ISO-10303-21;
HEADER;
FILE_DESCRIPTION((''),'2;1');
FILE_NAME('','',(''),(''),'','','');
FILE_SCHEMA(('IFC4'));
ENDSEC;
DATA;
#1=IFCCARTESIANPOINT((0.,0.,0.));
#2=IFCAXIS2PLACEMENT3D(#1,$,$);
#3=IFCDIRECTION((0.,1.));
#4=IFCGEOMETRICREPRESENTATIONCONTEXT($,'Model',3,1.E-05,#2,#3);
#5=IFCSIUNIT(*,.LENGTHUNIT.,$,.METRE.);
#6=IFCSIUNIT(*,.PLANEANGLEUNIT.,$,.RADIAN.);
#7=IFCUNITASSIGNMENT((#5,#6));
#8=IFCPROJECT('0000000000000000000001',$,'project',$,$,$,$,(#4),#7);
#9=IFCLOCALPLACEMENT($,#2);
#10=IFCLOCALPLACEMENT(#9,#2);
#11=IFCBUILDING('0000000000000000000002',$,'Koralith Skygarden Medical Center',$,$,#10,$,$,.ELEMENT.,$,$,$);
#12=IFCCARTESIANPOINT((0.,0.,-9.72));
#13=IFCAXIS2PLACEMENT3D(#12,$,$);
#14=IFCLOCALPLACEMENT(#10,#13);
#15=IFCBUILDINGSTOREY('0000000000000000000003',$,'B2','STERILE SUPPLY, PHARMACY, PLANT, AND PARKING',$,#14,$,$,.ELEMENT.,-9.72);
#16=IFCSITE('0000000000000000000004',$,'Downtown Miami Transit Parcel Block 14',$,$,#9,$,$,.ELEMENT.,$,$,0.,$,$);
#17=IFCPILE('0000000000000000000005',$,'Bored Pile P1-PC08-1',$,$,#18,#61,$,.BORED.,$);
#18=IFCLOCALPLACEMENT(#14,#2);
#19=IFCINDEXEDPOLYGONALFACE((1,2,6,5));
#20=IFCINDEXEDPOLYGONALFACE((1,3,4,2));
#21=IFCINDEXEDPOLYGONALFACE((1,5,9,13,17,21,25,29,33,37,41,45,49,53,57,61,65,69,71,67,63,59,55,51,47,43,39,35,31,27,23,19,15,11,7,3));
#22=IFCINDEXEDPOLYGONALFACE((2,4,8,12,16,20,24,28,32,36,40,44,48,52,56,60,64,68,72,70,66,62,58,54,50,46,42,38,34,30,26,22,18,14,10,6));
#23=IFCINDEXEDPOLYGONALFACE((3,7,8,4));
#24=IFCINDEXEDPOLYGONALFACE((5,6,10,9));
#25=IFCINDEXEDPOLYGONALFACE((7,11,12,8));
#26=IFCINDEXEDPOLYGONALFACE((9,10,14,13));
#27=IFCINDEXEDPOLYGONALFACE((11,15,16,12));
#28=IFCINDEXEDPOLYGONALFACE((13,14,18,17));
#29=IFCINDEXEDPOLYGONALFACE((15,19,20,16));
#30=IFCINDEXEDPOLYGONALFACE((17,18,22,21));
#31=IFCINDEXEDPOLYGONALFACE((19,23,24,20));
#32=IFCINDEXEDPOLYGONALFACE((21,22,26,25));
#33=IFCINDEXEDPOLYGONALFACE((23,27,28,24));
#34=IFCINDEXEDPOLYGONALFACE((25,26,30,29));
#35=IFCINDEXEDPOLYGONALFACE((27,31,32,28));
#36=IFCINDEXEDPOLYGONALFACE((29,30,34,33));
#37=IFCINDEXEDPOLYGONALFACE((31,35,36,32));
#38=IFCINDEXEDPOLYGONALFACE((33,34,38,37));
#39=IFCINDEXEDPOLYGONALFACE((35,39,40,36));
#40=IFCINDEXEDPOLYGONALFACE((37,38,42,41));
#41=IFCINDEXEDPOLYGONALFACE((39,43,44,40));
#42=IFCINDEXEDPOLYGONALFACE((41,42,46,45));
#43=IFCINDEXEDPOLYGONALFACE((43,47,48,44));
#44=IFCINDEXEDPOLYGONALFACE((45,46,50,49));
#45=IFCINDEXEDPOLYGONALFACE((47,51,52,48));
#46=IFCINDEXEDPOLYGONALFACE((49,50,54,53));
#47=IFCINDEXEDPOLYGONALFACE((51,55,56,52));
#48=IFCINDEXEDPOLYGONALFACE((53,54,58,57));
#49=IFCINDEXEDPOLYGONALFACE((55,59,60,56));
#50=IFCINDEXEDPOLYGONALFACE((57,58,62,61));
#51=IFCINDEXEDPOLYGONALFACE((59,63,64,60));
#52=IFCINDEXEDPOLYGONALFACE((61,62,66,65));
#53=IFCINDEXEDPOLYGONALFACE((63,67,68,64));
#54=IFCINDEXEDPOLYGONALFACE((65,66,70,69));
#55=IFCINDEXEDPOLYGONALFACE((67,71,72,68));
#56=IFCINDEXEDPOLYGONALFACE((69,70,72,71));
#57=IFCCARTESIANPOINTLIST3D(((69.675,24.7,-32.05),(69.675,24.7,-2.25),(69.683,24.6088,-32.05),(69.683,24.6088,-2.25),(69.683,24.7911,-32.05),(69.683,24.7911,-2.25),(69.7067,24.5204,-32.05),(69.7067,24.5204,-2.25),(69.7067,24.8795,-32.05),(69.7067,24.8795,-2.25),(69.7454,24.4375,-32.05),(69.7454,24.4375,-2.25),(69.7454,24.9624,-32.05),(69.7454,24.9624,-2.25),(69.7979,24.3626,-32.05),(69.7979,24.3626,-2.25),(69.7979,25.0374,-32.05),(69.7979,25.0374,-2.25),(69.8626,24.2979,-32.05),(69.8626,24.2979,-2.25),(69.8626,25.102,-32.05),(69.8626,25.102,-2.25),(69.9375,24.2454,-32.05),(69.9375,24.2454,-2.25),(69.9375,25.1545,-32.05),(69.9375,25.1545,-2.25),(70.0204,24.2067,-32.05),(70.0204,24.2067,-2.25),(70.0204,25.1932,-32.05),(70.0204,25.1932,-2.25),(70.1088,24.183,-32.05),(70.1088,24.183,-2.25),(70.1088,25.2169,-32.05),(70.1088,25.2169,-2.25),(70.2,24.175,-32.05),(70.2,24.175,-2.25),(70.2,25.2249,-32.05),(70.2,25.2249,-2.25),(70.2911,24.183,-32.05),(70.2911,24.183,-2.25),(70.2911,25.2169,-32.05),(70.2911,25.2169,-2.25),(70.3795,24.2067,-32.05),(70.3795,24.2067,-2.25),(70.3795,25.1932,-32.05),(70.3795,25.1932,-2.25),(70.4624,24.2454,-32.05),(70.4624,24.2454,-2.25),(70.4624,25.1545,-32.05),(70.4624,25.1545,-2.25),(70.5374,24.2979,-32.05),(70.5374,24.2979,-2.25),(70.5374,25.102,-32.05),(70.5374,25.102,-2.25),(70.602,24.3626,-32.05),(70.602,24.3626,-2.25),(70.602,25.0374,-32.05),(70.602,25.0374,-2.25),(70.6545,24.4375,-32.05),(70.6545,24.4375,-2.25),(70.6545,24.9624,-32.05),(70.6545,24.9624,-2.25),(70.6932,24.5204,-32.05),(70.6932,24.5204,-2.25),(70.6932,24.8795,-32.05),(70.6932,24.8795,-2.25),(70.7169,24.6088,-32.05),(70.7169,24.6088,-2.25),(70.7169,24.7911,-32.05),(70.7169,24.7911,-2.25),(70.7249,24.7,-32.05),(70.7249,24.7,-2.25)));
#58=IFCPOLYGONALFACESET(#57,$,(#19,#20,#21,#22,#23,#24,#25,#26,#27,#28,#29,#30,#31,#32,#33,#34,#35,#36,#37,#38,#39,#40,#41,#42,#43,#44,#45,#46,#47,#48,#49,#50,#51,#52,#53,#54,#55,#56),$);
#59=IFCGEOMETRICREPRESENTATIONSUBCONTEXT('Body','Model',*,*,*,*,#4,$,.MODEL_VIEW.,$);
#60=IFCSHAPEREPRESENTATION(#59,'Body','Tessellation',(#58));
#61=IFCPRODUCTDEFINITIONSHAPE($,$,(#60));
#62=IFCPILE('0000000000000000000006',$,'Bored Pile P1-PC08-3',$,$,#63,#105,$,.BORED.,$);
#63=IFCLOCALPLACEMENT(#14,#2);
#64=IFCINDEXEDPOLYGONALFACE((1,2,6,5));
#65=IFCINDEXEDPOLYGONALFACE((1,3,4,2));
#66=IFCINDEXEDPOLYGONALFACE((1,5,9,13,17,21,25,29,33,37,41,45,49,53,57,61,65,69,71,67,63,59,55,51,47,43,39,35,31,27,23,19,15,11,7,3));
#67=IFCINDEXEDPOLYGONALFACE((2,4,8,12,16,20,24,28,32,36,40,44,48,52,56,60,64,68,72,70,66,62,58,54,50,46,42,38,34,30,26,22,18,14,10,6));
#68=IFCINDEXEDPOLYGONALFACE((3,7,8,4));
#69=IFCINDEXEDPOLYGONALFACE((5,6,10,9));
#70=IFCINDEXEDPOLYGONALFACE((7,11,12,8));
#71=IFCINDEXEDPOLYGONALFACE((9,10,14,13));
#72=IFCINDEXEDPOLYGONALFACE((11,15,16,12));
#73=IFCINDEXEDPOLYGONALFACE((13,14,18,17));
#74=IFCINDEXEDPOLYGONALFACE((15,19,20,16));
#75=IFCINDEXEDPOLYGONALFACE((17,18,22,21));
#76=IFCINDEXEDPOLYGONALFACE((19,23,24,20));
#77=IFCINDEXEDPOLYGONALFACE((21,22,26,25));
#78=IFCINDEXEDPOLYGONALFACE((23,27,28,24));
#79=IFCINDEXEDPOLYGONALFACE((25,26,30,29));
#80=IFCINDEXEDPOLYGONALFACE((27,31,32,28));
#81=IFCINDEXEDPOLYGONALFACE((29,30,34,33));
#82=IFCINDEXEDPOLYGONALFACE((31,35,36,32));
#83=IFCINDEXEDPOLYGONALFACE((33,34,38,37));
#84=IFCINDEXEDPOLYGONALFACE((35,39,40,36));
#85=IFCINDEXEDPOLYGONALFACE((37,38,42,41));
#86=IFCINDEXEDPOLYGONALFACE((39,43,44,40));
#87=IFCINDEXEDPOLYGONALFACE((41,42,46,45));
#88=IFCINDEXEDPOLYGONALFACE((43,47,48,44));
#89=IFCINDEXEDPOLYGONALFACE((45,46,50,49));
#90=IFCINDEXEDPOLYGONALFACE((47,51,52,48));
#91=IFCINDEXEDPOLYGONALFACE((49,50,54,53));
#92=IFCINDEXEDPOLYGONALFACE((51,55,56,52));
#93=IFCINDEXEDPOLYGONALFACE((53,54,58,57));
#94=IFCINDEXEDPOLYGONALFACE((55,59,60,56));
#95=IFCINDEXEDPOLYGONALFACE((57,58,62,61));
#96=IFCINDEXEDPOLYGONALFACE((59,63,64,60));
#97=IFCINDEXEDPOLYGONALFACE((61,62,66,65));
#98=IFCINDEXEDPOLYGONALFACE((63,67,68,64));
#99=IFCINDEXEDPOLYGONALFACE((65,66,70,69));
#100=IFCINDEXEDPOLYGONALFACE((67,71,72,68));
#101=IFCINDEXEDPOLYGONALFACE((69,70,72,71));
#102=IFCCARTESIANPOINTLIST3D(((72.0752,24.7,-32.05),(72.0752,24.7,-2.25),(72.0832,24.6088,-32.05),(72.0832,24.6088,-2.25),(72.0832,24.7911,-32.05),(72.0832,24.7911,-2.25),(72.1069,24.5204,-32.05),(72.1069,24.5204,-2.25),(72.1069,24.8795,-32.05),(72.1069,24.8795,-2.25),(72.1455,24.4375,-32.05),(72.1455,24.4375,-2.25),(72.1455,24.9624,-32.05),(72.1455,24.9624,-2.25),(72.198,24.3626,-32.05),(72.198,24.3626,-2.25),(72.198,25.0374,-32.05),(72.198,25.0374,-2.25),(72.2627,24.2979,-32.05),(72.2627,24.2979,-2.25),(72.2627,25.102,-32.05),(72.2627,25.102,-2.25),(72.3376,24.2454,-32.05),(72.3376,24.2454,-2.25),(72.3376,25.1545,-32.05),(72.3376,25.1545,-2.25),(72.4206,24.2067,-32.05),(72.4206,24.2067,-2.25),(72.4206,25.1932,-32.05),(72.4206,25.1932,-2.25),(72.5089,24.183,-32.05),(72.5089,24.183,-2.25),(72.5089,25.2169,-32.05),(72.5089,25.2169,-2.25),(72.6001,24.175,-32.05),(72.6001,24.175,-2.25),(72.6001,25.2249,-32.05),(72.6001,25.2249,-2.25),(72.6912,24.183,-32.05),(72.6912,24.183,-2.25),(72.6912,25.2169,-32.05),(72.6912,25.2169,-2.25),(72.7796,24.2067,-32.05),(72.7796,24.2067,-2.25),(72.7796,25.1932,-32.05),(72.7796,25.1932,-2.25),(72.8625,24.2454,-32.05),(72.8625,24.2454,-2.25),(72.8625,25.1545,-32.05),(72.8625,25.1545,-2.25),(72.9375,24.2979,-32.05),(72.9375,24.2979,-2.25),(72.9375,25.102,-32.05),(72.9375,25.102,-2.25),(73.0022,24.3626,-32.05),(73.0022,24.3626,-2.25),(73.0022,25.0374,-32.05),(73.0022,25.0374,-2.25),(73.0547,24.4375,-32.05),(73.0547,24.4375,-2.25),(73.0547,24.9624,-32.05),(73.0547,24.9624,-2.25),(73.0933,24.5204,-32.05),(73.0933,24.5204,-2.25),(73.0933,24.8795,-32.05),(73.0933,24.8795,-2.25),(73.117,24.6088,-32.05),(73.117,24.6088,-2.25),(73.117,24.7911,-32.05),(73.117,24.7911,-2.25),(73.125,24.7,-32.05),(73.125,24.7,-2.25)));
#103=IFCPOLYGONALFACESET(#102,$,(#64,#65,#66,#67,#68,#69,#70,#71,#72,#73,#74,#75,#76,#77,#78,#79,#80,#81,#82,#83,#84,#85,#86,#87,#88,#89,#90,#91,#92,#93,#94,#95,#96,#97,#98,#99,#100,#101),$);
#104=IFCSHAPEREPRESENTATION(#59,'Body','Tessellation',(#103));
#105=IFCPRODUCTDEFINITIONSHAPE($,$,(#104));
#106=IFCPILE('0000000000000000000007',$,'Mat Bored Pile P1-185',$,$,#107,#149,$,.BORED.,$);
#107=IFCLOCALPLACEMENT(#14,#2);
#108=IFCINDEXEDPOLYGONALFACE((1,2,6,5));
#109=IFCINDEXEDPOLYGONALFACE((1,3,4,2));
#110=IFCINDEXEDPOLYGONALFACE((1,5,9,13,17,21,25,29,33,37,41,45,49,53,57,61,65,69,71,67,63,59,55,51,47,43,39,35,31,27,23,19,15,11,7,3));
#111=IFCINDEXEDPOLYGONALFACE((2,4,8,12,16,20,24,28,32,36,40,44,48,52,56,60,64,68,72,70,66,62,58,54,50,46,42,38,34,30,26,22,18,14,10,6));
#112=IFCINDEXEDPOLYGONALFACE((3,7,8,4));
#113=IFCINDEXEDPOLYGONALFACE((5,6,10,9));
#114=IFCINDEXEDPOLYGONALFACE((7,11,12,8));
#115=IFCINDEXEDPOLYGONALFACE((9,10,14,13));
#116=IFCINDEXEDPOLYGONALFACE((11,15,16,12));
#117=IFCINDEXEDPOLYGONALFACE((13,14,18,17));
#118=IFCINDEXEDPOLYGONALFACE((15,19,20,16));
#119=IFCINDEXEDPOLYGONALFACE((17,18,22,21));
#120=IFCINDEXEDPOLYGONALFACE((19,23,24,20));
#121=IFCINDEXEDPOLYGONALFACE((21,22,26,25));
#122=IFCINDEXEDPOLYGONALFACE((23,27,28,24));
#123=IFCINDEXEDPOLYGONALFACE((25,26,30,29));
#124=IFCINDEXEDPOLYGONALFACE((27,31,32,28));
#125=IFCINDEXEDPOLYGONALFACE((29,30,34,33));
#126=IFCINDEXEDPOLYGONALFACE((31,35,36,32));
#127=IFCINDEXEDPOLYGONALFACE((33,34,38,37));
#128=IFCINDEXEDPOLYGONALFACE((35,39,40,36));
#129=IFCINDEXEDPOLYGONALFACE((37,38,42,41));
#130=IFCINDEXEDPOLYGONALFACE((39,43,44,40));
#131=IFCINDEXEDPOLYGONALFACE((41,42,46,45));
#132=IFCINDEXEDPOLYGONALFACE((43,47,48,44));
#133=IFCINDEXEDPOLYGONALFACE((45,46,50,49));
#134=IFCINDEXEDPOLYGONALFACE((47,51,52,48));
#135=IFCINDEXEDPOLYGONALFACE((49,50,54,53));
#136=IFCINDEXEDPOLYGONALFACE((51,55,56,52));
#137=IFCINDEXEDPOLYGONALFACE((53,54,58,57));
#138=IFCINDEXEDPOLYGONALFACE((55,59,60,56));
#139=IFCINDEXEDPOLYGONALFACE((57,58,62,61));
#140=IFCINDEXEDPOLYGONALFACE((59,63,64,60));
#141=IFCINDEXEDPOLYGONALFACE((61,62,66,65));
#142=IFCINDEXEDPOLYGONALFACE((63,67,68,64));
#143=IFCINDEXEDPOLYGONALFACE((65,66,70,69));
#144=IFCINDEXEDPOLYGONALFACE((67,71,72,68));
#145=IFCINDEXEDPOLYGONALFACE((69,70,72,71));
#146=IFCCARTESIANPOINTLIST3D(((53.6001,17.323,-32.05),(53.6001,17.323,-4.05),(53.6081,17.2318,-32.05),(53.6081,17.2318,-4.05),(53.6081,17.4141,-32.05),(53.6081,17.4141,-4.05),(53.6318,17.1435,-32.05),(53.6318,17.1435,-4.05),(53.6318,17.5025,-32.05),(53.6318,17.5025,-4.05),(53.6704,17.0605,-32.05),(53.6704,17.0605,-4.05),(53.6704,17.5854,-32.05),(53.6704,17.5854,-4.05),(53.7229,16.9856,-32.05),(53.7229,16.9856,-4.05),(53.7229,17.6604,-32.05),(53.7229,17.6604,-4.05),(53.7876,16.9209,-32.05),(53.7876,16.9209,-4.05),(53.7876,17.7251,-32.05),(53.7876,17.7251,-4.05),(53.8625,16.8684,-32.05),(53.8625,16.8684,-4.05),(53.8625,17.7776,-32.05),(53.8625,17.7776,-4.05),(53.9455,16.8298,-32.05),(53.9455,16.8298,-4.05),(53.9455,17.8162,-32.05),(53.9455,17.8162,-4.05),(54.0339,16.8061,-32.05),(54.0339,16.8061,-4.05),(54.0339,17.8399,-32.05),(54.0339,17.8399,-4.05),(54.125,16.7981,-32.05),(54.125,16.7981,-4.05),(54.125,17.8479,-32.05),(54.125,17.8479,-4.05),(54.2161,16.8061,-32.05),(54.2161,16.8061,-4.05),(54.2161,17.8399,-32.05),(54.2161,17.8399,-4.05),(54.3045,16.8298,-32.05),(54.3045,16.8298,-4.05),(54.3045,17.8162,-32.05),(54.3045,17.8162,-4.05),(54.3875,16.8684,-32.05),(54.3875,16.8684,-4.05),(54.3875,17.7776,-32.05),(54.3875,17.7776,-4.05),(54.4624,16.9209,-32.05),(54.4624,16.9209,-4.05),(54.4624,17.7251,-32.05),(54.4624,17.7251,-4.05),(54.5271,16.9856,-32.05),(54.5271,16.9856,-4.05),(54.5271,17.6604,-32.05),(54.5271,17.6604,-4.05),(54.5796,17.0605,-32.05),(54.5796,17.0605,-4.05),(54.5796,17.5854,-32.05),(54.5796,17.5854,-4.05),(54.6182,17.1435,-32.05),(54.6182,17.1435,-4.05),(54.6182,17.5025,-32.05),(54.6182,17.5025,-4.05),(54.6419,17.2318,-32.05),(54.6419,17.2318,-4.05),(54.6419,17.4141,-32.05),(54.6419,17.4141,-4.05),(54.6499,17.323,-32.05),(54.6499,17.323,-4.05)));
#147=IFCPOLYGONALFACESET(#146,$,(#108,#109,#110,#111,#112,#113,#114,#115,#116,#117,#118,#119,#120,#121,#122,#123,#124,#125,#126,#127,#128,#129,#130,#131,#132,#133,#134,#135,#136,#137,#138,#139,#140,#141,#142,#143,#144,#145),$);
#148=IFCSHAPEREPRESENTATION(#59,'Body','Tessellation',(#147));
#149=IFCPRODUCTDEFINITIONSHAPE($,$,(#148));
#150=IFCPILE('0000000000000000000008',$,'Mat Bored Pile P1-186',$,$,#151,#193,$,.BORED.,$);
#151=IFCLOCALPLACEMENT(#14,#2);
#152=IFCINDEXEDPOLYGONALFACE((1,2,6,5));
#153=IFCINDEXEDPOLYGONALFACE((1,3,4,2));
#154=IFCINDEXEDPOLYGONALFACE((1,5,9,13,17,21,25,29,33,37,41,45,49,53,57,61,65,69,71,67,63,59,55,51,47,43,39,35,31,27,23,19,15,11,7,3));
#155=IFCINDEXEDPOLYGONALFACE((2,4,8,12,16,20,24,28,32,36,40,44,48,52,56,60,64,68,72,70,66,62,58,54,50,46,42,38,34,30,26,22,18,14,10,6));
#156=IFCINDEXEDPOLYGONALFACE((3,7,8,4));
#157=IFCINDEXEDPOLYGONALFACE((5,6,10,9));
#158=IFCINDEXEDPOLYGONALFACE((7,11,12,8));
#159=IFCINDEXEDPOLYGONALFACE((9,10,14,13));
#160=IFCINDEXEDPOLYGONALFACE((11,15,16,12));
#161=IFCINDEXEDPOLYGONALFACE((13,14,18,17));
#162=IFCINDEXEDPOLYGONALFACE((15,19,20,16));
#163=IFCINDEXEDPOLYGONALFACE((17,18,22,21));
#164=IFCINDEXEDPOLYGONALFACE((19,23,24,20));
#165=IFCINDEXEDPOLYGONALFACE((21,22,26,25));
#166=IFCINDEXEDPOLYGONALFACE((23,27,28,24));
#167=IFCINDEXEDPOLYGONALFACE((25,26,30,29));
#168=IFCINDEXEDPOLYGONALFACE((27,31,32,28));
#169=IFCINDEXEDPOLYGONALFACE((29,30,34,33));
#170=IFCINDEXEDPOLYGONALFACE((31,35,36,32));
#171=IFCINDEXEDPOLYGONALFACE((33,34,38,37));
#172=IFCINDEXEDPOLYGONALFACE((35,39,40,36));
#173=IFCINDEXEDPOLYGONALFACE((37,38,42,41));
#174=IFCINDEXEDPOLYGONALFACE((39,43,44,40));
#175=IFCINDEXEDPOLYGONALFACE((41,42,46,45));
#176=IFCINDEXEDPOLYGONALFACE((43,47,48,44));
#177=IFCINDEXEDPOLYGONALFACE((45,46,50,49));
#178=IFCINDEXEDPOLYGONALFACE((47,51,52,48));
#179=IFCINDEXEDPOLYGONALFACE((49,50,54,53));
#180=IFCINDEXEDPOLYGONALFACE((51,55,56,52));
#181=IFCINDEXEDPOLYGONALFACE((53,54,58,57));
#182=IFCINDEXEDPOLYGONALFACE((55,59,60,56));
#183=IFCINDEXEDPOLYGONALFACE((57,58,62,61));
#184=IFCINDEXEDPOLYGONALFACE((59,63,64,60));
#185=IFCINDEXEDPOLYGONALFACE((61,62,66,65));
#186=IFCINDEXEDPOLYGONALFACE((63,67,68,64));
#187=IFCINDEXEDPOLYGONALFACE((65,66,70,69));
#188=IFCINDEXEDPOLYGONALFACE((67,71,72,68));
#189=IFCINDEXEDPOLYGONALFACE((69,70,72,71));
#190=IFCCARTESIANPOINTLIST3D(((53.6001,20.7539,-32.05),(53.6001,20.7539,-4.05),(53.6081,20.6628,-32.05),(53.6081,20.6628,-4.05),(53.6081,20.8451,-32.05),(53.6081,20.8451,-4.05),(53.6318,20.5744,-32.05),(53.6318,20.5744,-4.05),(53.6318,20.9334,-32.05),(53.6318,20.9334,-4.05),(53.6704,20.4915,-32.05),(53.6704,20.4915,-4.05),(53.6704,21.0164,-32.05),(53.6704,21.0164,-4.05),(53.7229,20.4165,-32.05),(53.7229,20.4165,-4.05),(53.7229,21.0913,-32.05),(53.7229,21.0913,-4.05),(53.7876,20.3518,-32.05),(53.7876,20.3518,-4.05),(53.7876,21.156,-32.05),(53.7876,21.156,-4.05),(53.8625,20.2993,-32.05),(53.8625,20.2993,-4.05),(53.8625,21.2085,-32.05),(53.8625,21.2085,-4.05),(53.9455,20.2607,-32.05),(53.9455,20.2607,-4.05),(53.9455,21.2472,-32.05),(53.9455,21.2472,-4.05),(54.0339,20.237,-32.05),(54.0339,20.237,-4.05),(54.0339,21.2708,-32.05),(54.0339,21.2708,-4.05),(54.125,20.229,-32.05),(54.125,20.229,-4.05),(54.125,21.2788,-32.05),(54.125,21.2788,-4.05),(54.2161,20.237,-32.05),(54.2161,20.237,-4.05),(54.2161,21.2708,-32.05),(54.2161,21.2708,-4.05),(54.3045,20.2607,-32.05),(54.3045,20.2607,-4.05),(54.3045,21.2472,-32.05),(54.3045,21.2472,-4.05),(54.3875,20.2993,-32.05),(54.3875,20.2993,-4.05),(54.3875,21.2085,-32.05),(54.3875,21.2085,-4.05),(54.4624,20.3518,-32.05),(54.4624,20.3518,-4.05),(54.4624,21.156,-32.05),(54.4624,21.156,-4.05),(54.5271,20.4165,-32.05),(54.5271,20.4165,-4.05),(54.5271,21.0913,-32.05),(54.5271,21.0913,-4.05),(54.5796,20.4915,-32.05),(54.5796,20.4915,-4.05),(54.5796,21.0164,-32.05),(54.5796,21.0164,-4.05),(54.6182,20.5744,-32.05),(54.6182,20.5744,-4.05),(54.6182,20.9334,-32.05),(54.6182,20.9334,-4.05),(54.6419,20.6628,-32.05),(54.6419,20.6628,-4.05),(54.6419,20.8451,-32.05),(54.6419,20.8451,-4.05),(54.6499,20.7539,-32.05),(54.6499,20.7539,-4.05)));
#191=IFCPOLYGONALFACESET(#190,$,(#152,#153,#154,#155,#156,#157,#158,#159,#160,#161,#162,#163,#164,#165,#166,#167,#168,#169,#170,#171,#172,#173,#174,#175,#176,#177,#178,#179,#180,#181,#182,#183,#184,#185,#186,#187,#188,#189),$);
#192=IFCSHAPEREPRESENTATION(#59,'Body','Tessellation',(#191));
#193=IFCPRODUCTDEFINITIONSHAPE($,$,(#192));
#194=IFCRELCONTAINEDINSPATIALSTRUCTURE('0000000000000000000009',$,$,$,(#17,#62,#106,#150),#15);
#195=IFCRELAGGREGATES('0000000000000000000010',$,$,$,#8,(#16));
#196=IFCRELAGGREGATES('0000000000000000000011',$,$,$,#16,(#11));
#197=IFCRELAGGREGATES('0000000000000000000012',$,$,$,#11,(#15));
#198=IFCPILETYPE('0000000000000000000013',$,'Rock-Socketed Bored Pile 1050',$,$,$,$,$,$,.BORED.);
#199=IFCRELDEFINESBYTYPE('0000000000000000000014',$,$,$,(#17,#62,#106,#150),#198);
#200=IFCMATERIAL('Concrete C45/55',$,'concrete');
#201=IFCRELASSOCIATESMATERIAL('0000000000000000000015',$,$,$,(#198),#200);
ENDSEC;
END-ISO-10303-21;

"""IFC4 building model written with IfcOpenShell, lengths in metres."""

from ifc_helpers import new_model, si_unit, direction, frame, origin, origin_2d, place, context, subcontext, project, spatial, circle, extrude, material, material_profile, profile_set, type_object, element, save


model = new_model("IFC4")

# Units and contexts
model_context = context("Model", 3, precision=1e-05, world=origin(), true_north=direction((0.0, 1.0)))
body_context = subcontext(model_context, "Body", "Model", "MODEL_VIEW")
ifc_project = project(units=[si_unit("LENGTHUNIT", "METRE"), si_unit("PLANEANGLEUNIT", "RADIAN")], contexts=[model_context])

# Site, building, storey
site_placement = place(None, origin())
site = spatial("IfcSite", under=ifc_project, at=site_placement, Name="Downtown Miami Transit Parcel Block 14", CompositionType="ELEMENT", RefElevation=0.0)
building_placement = place(site_placement, origin())
building = spatial("IfcBuilding", under=site, at=building_placement, Name="Koralith Skygarden Medical Center", CompositionType="ELEMENT")
storey_placement = place(building_placement, frame((0.0, 0.0, -9.72)))
storey = spatial("IfcBuildingStorey", under=building, at=storey_placement, Name="B2", Description="STERILE SUPPLY, PHARMACY, PLANT, AND PARKING", CompositionType="ELEMENT", Elevation=-9.72)

# Piles
ifc_material_1 = material(Name="Concrete C45/55", Category="concrete")
ifc_material_profile_1 = material_profile(ifc_material_1, circle(Radius=0.5249, at=origin_2d()), Name="PILE1050")
ifc_profile_set_1 = profile_set([ifc_material_profile_1], Name="Concrete C45/55")
pile_type = type_object("IfcPileType", Name="Rock-Socketed Bored Pile 1050", PredefinedType="BORED", material=ifc_profile_set_1)
for number, where, z_axis, x_axis, name in (
    (1, (70.2, 24.7, -2.25), (0.0, 0.0, -1.0), (1.0, 0.0, 0.0), "Bored Pile P1-PC08-1"),
    (2, (72.6001, 24.7, -2.25), (0.0, 0.0, -1.0), (1.0, 0.0, 0.0), "Bored Pile P1-PC08-3"),
):
    element("IfcPile", number, at=place(storey_placement, frame(where, z_axis=z_axis, x_axis=x_axis)), inside=storey, type_object=pile_type, Name=name, PredefinedType="BORED", context=body_context, shape_type="SweptSolid", body=[
        extrude(circle(Radius=0.5249, at=origin_2d()), origin(), (0.0, 0.0, 1.0), 29.8),
    ])
for number, where, z_axis, x_axis, name in (
    (3, (54.125, 17.323, -4.05), (0.0, 0.0, -1.0), (1.0, 0.0, 0.0), "Mat Bored Pile P1-185"),
    (4, (54.125, 20.7539, -4.05), (0.0, 0.0, -1.0), (1.0, 0.0, 0.0), "Mat Bored Pile P1-186"),
):
    element("IfcPile", number, at=place(storey_placement, frame(where, z_axis=z_axis, x_axis=x_axis)), inside=storey, type_object=pile_type, Name=name, PredefinedType="BORED", context=body_context, shape_type="SweptSolid", body=[
        extrude(circle(Radius=0.5249, at=origin_2d()), origin(), (0.0, 0.0, 1.0), 28.0),
    ])

save(model, "model.ifc")
